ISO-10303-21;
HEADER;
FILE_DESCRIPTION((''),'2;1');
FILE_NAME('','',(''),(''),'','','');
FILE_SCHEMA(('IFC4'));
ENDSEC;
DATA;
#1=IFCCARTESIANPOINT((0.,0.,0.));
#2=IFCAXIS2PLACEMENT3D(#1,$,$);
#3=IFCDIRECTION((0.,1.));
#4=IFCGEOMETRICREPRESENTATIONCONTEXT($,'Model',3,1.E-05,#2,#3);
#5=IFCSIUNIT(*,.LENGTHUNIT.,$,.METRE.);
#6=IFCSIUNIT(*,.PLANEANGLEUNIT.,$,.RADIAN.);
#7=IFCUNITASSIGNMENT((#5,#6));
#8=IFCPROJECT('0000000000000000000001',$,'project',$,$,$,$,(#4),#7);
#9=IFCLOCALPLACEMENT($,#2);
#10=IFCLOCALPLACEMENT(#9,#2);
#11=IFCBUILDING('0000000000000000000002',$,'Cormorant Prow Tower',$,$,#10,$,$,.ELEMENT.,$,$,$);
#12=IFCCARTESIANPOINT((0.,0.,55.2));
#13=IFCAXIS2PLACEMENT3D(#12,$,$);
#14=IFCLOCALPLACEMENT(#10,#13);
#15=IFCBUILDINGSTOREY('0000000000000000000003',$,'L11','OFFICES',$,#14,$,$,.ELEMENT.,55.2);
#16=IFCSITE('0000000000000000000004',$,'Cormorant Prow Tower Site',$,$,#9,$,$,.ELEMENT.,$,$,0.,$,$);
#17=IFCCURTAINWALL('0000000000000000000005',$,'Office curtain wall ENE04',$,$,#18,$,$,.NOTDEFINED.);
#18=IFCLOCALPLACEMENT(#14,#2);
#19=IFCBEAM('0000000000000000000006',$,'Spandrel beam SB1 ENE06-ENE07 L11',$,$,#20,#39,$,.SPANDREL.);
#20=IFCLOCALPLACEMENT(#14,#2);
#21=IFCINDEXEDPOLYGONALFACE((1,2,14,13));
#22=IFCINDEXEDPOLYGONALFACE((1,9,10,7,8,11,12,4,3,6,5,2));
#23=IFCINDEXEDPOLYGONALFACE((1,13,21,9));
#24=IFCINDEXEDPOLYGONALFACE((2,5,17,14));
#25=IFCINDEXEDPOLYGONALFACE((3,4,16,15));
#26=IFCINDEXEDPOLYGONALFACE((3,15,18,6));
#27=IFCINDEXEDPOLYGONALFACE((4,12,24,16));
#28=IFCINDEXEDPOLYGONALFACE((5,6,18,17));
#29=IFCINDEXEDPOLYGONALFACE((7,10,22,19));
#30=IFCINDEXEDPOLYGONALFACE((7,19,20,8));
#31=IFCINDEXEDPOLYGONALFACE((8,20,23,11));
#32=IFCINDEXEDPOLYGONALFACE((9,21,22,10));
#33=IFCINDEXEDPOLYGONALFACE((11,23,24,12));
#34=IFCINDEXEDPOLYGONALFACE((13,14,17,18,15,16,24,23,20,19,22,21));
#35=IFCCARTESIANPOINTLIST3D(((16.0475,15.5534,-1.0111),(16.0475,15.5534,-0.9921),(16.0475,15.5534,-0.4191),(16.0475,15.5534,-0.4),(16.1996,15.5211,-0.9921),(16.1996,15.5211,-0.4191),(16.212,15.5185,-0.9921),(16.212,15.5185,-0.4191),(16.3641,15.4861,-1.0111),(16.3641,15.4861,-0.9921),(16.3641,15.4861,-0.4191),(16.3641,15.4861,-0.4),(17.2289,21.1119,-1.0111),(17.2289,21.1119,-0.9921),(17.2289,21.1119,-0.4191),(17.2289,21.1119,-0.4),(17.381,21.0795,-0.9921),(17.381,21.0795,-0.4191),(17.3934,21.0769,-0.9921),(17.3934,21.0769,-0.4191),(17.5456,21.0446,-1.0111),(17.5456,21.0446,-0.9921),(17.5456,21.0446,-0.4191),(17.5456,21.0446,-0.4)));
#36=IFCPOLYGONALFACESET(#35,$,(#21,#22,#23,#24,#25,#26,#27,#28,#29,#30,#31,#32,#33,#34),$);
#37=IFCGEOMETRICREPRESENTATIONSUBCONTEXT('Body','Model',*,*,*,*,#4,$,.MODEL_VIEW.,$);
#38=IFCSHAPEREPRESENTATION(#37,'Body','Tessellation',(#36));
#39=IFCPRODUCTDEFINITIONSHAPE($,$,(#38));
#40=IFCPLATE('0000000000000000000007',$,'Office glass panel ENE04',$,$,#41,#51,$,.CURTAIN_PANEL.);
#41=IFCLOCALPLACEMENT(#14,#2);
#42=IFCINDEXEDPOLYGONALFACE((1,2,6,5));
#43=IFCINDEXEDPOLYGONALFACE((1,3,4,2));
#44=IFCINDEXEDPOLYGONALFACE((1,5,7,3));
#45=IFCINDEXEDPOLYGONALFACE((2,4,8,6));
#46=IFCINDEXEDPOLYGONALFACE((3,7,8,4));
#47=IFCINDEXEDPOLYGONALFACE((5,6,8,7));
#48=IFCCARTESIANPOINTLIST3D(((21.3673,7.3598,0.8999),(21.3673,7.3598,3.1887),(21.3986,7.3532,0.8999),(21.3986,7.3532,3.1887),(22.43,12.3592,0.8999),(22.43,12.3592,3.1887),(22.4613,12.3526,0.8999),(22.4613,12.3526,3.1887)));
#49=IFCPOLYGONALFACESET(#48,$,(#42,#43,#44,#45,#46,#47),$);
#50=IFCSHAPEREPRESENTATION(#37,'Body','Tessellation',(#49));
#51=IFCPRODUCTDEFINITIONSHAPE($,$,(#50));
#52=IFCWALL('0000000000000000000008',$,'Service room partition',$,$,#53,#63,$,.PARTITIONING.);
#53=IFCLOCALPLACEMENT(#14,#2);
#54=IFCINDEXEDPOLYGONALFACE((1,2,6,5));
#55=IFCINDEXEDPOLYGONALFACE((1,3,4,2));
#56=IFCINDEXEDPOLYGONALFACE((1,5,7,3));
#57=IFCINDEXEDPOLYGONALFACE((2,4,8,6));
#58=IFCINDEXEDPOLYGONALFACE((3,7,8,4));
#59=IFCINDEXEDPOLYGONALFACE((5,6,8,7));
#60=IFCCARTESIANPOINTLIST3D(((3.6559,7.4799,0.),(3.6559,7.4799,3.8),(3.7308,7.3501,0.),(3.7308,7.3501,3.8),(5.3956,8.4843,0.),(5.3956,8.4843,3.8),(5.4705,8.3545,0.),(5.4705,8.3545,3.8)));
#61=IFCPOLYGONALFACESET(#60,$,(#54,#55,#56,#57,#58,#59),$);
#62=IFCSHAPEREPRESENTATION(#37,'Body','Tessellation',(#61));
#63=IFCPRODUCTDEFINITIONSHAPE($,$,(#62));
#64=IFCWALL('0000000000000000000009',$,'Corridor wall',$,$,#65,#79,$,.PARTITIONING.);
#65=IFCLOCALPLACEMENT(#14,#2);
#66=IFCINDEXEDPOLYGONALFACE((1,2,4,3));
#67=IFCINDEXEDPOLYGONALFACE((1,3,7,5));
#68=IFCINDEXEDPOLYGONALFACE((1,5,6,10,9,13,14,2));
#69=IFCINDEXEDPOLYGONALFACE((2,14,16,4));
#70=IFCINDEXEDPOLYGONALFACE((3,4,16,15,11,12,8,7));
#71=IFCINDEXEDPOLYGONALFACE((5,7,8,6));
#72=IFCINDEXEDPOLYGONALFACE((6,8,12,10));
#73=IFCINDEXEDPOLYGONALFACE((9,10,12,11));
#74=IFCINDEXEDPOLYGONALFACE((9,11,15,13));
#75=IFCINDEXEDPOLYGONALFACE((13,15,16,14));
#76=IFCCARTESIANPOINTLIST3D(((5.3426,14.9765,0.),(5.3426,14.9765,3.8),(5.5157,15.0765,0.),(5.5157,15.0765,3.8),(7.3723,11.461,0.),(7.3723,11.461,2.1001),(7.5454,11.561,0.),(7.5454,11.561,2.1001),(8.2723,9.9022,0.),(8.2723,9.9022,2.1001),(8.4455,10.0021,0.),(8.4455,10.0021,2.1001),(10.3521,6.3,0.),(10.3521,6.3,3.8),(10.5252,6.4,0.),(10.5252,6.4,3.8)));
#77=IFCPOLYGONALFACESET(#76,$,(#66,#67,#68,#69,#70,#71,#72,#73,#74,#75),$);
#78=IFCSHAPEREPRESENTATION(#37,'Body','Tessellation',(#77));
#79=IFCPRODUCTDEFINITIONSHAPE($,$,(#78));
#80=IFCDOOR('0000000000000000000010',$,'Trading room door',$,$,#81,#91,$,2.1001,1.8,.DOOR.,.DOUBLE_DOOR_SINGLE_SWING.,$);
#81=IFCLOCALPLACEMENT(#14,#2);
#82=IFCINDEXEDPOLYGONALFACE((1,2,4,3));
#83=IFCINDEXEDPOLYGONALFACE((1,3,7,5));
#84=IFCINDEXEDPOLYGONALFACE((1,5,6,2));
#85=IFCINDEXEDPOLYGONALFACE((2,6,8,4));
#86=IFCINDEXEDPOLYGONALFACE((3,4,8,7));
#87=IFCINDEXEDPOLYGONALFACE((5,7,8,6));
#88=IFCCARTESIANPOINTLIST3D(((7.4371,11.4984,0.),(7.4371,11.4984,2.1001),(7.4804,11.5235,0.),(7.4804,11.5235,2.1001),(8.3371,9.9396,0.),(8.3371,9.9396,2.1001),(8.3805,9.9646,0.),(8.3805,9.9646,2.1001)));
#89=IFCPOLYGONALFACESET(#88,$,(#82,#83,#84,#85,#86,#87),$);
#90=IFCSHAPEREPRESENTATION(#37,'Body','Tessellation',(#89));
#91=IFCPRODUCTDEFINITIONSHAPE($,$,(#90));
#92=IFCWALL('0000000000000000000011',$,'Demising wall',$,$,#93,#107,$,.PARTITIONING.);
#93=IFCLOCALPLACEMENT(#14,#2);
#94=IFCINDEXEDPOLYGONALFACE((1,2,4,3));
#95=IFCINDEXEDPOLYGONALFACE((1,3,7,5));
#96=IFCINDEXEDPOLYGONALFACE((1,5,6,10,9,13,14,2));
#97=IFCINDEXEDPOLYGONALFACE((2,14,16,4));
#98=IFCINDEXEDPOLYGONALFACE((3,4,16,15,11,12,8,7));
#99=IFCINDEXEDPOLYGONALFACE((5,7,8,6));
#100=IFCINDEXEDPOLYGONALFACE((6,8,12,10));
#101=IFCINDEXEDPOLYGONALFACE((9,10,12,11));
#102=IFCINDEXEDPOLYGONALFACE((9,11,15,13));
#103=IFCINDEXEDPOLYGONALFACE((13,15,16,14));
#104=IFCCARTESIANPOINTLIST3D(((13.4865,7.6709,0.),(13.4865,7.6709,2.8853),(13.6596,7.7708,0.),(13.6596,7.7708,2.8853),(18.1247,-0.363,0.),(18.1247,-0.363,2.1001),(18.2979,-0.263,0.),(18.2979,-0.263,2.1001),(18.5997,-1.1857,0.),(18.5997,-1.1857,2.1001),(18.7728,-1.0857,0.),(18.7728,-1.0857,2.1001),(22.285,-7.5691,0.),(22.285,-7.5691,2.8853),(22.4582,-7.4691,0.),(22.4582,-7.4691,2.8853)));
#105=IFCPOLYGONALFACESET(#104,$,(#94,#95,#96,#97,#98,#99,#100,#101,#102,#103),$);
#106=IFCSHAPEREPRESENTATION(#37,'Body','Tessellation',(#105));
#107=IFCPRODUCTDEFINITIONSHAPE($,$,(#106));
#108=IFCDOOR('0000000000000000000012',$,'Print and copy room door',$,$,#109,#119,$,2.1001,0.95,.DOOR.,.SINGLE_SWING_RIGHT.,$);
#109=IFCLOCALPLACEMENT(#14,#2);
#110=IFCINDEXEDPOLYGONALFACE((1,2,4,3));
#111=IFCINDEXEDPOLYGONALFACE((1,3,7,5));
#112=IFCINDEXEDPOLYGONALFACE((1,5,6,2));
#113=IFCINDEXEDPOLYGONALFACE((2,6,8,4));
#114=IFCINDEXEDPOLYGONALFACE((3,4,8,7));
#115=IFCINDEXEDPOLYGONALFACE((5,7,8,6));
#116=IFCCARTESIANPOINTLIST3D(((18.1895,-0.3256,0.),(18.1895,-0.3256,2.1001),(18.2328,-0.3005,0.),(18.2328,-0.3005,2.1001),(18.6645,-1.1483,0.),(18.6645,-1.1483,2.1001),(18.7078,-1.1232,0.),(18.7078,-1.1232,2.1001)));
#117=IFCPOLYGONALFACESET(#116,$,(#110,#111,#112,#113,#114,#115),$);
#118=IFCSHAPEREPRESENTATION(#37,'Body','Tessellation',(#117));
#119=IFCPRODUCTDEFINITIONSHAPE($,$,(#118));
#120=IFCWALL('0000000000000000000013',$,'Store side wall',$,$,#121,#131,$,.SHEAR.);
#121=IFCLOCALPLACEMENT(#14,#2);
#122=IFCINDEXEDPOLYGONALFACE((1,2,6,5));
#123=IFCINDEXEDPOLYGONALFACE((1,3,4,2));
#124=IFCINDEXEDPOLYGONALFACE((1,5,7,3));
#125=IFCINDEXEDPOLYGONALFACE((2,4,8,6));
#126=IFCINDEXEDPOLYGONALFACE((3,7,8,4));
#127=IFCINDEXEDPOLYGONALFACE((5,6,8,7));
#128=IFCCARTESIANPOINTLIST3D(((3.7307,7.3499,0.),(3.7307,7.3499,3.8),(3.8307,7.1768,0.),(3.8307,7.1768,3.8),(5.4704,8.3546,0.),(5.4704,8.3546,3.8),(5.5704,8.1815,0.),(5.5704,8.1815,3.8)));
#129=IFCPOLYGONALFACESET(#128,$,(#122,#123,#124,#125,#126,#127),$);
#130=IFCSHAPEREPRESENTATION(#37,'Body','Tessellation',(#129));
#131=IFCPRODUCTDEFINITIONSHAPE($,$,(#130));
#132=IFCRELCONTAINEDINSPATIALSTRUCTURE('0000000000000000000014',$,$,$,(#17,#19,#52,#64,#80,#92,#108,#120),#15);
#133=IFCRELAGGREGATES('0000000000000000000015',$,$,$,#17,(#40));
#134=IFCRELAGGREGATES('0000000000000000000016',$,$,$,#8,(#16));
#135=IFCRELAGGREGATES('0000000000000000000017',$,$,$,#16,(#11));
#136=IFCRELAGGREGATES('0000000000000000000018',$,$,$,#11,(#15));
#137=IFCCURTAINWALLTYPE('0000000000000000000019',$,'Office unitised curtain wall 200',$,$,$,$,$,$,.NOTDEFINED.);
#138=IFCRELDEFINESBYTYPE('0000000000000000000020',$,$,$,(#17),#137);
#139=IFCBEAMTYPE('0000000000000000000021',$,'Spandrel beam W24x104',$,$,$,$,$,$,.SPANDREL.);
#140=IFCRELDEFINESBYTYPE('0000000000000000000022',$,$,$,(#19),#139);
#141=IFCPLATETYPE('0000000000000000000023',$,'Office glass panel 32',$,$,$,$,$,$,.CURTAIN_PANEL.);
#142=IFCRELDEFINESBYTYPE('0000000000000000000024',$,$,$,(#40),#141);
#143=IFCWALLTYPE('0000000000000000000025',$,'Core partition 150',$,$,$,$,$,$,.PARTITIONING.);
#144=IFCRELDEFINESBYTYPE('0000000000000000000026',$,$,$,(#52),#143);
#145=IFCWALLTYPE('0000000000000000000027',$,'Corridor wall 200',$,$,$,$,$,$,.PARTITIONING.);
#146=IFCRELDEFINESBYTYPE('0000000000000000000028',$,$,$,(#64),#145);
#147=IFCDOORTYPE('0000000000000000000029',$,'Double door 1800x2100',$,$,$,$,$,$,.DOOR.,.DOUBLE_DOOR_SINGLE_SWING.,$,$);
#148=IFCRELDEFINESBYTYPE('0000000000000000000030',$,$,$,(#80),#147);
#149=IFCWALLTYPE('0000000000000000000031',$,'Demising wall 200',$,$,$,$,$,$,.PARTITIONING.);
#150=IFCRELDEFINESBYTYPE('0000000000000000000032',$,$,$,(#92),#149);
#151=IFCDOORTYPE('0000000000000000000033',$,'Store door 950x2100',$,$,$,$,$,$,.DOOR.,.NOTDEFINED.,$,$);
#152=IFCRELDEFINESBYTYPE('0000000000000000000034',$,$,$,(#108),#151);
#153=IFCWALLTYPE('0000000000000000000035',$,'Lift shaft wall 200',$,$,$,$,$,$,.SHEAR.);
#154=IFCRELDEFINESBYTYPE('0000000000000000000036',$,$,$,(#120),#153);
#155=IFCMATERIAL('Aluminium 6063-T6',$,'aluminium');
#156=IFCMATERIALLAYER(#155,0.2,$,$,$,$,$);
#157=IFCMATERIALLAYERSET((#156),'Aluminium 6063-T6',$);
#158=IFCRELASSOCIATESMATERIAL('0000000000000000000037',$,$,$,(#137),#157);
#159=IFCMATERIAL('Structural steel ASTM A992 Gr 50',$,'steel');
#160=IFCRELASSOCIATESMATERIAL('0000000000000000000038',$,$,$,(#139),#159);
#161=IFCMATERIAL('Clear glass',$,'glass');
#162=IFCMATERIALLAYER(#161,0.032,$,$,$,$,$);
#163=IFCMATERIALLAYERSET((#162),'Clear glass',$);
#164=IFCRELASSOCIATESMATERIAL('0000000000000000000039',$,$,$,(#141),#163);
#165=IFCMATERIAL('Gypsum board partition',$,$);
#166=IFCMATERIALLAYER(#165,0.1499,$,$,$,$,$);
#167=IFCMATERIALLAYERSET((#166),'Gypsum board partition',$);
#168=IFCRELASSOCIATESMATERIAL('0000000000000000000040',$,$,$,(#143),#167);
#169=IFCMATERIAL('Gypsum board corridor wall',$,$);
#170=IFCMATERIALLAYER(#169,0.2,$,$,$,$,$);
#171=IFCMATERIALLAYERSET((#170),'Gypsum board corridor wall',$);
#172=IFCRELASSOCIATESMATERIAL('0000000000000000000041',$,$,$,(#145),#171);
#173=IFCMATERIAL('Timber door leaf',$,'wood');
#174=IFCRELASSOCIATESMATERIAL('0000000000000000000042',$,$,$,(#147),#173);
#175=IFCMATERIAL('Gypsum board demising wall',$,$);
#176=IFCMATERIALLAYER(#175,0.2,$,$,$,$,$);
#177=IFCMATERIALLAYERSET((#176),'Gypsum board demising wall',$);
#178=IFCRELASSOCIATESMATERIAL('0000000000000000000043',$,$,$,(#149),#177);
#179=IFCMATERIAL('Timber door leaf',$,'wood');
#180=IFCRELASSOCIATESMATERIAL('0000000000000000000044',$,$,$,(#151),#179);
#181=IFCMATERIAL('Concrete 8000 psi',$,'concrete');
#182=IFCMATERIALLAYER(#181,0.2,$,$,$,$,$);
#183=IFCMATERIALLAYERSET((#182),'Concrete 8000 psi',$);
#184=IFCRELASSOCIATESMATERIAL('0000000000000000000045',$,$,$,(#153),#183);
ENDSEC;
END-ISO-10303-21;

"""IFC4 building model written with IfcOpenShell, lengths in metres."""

from ifc_helpers import new_model, si_unit, direction, frame, frame_2d, origin, origin_2d, place, context, subcontext, project, spatial, rectangle, i_section, extrude, material, layer, layer_set, material_profile, profile_set, type_object, element, fill, aggregate, save


model = new_model("IFC4")

# Units and contexts
model_context = context("Model", 3, precision=1e-05, world=origin(), true_north=direction((0.0, 1.0)))
body_context = subcontext(model_context, "Body", "Model", "MODEL_VIEW")
ifc_project = project(units=[si_unit("LENGTHUNIT", "METRE"), si_unit("PLANEANGLEUNIT", "RADIAN")], contexts=[model_context])

# Site, building, storey
site_placement = place(None, origin())
site = spatial("IfcSite", under=ifc_project, at=site_placement, Name="Cormorant Prow Tower Site", CompositionType="ELEMENT", RefElevation=0.0)
building_placement = place(site_placement, origin())
building = spatial("IfcBuilding", under=site, at=building_placement, Name="Cormorant Prow Tower", CompositionType="ELEMENT")
storey_placement = place(building_placement, frame((0.0, 0.0, 55.2)))
storey = spatial("IfcBuildingStorey", under=building, at=storey_placement, Name="L11", Description="OFFICES", CompositionType="ELEMENT", Elevation=55.2)

# Curtain wall
ifc_material_1 = material(Name="Aluminium 6063-T6", Category="aluminium")
ifc_layer_1 = layer(ifc_material_1, 0.2)
ifc_layer_set_1 = layer_set([ifc_layer_1], Name="Aluminium 6063-T6")
curtain_wall_type = type_object("IfcCurtainWallType", Name="Office unitised curtain wall 200", PredefinedType="NOTDEFINED", material=ifc_layer_set_1)
curtain_wall_1_placement = place(storey_placement, origin())
curtain_wall_1 = element("IfcCurtainWall", 1, at=curtain_wall_1_placement, inside=storey, type_object=curtain_wall_type, Name="Office curtain wall ENE04", PredefinedType="NOTDEFINED")

# Beam
ifc_material_2 = material(Name="Structural steel ASTM A992 Gr 50", Category="steel")
ifc_material_profile_1 = material_profile(ifc_material_2, i_section(OverallWidth=0.3237, OverallDepth=0.6111, WebThickness=0.0127, FlangeThickness=0.019, at=origin_2d()), Name="W24x104")
ifc_profile_set_1 = profile_set([ifc_material_profile_1], Name="Structural steel ASTM A992 Gr 50")
beam_type_1 = type_object("IfcBeamType", Name="Spandrel beam W24x104", PredefinedType="SPANDREL", material=ifc_profile_set_1)
beam_1_placement = place(storey_placement, frame((16.2058, 15.5198, -0.7056), z_axis=(0.2079, 0.97815, 0.0), x_axis=(-0.97815, 0.2079, 0.0)))
element("IfcBeam", 2, at=beam_1_placement, inside=storey, type_object=beam_type_1, Name="Spandrel beam SB1 ENE06-ENE07 L11", PredefinedType="SPANDREL", context=body_context, shape_type="SweptSolid", body=[
    extrude(i_section(OverallWidth=0.3237, OverallDepth=0.6111, WebThickness=0.0127, FlangeThickness=0.019, at=origin_2d()), origin(), (0.0, 0.0, 1.0), 5.6826),
])

# Plate
ifc_material_3 = material(Name="Clear glass", Category="glass")
ifc_layer_2 = layer(ifc_material_3, 0.032)
ifc_layer_set_2 = layer_set([ifc_layer_2], Name="Clear glass")
plate_type = type_object("IfcPlateType", Name="Office glass panel 32", PredefinedType="CURTAIN_PANEL", material=ifc_layer_set_2)
plate_placement = place(storey_placement, frame((21.9143, 9.8562, 0.8999), z_axis=(0.0, 0.0, 1.0), x_axis=(0.207912, 0.978148, 0.0)))
plate = element("IfcPlate", 3, at=plate_placement, type_object=plate_type, Name="Office glass panel ENE04", PredefinedType="CURTAIN_PANEL", context=body_context, shape_type="SweptSolid", body=[
    extrude(rectangle(XDim=5.1111, YDim=0.032, at=origin_2d()), origin(), (0.0, 0.0, 1.0), 2.2888),
])
aggregate(curtain_wall_1, [plate])

# Wall
ifc_material_4 = material(Name="Gypsum board partition")
ifc_layer_3 = layer(ifc_material_4, 0.1499)
ifc_layer_set_3 = layer_set([ifc_layer_3], Name="Gypsum board partition")
wall_type_1 = type_object("IfcWallType", Name="Core partition 150", PredefinedType="PARTITIONING", material=ifc_layer_set_3)
wall_1_placement = place(storey_placement, frame((3.6934, 7.415, 0.0), z_axis=(0.0, 0.0, 1.0), x_axis=(0.866036, 0.499982, 0.0)))
element("IfcWall", 4, at=wall_1_placement, inside=storey, type_object=wall_type_1, Name="Service room partition", PredefinedType="PARTITIONING", context=body_context, shape_type="SweptSolid", body=[
    extrude(rectangle(XDim=2.0088, YDim=0.1499, at=frame_2d((1.0044, 0.0))), origin(), (0.0, 0.0, 1.0), 3.8),
])

# Walls, openings, doors
ifc_material_5 = material(Name="Gypsum board corridor wall")
ifc_layer_4 = layer(ifc_material_5, 0.2)
ifc_layer_set_4 = layer_set([ifc_layer_4], Name="Gypsum board corridor wall")
wall_type_2 = type_object("IfcWallType", Name="Corridor wall 200", PredefinedType="PARTITIONING", material=ifc_layer_set_4)
wall_2_placement = place(storey_placement, frame((5.4292, 15.0264, 0.0), z_axis=(0.0, 0.0, 1.0), x_axis=(0.50001, -0.86602, 0.0)))
wall_2 = element("IfcWall", 5, at=wall_2_placement, inside=storey, type_object=wall_type_2, Name="Corridor wall", PredefinedType="PARTITIONING", context=body_context, shape_type="SweptSolid", body=[
    extrude(rectangle(XDim=10.0188, YDim=0.2, at=frame_2d((5.0093, 0.0))), origin(), (0.0, 0.0, 1.0), 3.8),
])
opening_1_placement = place(wall_2_placement, frame((4.0593, 0.0, 0.0)))
opening_1 = element("IfcOpeningElement", 6, at=opening_1_placement, cuts=wall_2, PredefinedType="OPENING", context=body_context, shape_type="SweptSolid", body=[
    extrude(rectangle(XDim=1.8, YDim=2.1001, at=frame_2d((0.8999, 1.05))), frame((0.0, 0.1099, 0.0), z_axis=(0.0, -1.0, 0.0), x_axis=(1.0, 0.0, 0.0)), (0.0, 0.0, 1.0), 0.22),
])
ifc_material_6 = material(Name="Timber door leaf", Category="wood")
door_type_1 = type_object("IfcDoorType", Name="Double door 1800x2100", OperationType="DOUBLE_DOOR_SINGLE_SWING", PredefinedType="DOOR", material=ifc_material_6)
door_1_placement = place(opening_1_placement, origin())
door_1 = element("IfcDoor", 7, at=door_1_placement, inside=storey, type_object=door_type_1, Name="Trading room door", OperationType="DOUBLE_DOOR_SINGLE_SWING", OverallHeight=2.1001, OverallWidth=1.8, PredefinedType="DOOR", context=body_context, shape_type="SweptSolid", body=[
    extrude(rectangle(XDim=1.8, YDim=2.1001, at=frame_2d((0.8999, 1.05))), frame((0.0, 0.0249, 0.0), z_axis=(0.0, -1.0, 0.0), x_axis=(1.0, 0.0, 0.0)), (0.0, 0.0, 1.0), 0.05),
])
fill(opening_1, door_1)
ifc_material_7 = material(Name="Gypsum board demising wall")
ifc_layer_5 = layer(ifc_material_7, 0.2)
ifc_layer_set_5 = layer_set([ifc_layer_5], Name="Gypsum board demising wall")
wall_type_3 = type_object("IfcWallType", Name="Demising wall 200", PredefinedType="PARTITIONING", material=ifc_layer_set_5)
wall_3_placement = place(storey_placement, frame((13.573, 7.7209, 0.0), z_axis=(0.0, 0.0, 1.0), x_axis=(0.49999, -0.866031, 0.0)))
wall_3 = element("IfcWall", 8, at=wall_3_placement, inside=storey, type_object=wall_type_3, Name="Demising wall", PredefinedType="PARTITIONING", context=body_context, shape_type="SweptSolid", body=[
    extrude(rectangle(XDim=17.5974, YDim=0.2, at=frame_2d((8.7988, 0.0))), origin(), (0.0, 0.0, 1.0), 2.8853),
])
opening_2_placement = place(wall_3_placement, frame((9.2766, 0.0, 0.0)))
opening_2 = element("IfcOpeningElement", 9, at=opening_2_placement, cuts=wall_3, PredefinedType="OPENING", context=body_context, shape_type="SweptSolid", body=[
    extrude(rectangle(XDim=0.95, YDim=2.1001, at=frame_2d((0.4751, 1.05))), frame((0.0, 0.1099, 0.0), z_axis=(0.0, -1.0, 0.0), x_axis=(1.0, 0.0, 0.0)), (0.0, 0.0, 1.0), 0.22),
])
ifc_material_8 = material(Name="Timber door leaf", Category="wood")
door_type_2 = type_object("IfcDoorType", Name="Store door 950x2100", OperationType="NOTDEFINED", PredefinedType="DOOR", material=ifc_material_8)
door_2_placement = place(opening_2_placement, origin())
door_2 = element("IfcDoor", 10, at=door_2_placement, inside=storey, type_object=door_type_2, Name="Print and copy room door", OperationType="SINGLE_SWING_RIGHT", OverallHeight=2.1001, OverallWidth=0.95, PredefinedType="DOOR", context=body_context, shape_type="SweptSolid", body=[
    extrude(rectangle(XDim=0.95, YDim=2.1001, at=frame_2d((0.4751, 1.05))), frame((0.0, 0.0249, 0.0), z_axis=(0.0, -1.0, 0.0), x_axis=(1.0, 0.0, 0.0)), (0.0, 0.0, 1.0), 0.05),
])
fill(opening_2, door_2)

# Wall
ifc_material_9 = material(Name="Concrete 8000 psi", Category="concrete")
ifc_layer_6 = layer(ifc_material_9, 0.2)
ifc_layer_set_6 = layer_set([ifc_layer_6], Name="Concrete 8000 psi")
wall_type_4 = type_object("IfcWallType", Name="Lift shaft wall 200", PredefinedType="SHEAR", material=ifc_layer_set_6)
wall_4_placement = place(storey_placement, frame((3.7808, 7.2634, 0.0), z_axis=(0.0, 0.0, 1.0), x_axis=(0.865983, 0.500073, 0.0)))
element("IfcWall", 11, at=wall_4_placement, inside=storey, type_object=wall_type_4, Name="Store side wall", PredefinedType="SHEAR", context=body_context, shape_type="SweptSolid", body=[
    extrude(rectangle(XDim=2.009, YDim=0.2, at=frame_2d((1.0044, 0.0))), origin(), (0.0, 0.0, 1.0), 3.8),
])

save(model, "model.ifc")
